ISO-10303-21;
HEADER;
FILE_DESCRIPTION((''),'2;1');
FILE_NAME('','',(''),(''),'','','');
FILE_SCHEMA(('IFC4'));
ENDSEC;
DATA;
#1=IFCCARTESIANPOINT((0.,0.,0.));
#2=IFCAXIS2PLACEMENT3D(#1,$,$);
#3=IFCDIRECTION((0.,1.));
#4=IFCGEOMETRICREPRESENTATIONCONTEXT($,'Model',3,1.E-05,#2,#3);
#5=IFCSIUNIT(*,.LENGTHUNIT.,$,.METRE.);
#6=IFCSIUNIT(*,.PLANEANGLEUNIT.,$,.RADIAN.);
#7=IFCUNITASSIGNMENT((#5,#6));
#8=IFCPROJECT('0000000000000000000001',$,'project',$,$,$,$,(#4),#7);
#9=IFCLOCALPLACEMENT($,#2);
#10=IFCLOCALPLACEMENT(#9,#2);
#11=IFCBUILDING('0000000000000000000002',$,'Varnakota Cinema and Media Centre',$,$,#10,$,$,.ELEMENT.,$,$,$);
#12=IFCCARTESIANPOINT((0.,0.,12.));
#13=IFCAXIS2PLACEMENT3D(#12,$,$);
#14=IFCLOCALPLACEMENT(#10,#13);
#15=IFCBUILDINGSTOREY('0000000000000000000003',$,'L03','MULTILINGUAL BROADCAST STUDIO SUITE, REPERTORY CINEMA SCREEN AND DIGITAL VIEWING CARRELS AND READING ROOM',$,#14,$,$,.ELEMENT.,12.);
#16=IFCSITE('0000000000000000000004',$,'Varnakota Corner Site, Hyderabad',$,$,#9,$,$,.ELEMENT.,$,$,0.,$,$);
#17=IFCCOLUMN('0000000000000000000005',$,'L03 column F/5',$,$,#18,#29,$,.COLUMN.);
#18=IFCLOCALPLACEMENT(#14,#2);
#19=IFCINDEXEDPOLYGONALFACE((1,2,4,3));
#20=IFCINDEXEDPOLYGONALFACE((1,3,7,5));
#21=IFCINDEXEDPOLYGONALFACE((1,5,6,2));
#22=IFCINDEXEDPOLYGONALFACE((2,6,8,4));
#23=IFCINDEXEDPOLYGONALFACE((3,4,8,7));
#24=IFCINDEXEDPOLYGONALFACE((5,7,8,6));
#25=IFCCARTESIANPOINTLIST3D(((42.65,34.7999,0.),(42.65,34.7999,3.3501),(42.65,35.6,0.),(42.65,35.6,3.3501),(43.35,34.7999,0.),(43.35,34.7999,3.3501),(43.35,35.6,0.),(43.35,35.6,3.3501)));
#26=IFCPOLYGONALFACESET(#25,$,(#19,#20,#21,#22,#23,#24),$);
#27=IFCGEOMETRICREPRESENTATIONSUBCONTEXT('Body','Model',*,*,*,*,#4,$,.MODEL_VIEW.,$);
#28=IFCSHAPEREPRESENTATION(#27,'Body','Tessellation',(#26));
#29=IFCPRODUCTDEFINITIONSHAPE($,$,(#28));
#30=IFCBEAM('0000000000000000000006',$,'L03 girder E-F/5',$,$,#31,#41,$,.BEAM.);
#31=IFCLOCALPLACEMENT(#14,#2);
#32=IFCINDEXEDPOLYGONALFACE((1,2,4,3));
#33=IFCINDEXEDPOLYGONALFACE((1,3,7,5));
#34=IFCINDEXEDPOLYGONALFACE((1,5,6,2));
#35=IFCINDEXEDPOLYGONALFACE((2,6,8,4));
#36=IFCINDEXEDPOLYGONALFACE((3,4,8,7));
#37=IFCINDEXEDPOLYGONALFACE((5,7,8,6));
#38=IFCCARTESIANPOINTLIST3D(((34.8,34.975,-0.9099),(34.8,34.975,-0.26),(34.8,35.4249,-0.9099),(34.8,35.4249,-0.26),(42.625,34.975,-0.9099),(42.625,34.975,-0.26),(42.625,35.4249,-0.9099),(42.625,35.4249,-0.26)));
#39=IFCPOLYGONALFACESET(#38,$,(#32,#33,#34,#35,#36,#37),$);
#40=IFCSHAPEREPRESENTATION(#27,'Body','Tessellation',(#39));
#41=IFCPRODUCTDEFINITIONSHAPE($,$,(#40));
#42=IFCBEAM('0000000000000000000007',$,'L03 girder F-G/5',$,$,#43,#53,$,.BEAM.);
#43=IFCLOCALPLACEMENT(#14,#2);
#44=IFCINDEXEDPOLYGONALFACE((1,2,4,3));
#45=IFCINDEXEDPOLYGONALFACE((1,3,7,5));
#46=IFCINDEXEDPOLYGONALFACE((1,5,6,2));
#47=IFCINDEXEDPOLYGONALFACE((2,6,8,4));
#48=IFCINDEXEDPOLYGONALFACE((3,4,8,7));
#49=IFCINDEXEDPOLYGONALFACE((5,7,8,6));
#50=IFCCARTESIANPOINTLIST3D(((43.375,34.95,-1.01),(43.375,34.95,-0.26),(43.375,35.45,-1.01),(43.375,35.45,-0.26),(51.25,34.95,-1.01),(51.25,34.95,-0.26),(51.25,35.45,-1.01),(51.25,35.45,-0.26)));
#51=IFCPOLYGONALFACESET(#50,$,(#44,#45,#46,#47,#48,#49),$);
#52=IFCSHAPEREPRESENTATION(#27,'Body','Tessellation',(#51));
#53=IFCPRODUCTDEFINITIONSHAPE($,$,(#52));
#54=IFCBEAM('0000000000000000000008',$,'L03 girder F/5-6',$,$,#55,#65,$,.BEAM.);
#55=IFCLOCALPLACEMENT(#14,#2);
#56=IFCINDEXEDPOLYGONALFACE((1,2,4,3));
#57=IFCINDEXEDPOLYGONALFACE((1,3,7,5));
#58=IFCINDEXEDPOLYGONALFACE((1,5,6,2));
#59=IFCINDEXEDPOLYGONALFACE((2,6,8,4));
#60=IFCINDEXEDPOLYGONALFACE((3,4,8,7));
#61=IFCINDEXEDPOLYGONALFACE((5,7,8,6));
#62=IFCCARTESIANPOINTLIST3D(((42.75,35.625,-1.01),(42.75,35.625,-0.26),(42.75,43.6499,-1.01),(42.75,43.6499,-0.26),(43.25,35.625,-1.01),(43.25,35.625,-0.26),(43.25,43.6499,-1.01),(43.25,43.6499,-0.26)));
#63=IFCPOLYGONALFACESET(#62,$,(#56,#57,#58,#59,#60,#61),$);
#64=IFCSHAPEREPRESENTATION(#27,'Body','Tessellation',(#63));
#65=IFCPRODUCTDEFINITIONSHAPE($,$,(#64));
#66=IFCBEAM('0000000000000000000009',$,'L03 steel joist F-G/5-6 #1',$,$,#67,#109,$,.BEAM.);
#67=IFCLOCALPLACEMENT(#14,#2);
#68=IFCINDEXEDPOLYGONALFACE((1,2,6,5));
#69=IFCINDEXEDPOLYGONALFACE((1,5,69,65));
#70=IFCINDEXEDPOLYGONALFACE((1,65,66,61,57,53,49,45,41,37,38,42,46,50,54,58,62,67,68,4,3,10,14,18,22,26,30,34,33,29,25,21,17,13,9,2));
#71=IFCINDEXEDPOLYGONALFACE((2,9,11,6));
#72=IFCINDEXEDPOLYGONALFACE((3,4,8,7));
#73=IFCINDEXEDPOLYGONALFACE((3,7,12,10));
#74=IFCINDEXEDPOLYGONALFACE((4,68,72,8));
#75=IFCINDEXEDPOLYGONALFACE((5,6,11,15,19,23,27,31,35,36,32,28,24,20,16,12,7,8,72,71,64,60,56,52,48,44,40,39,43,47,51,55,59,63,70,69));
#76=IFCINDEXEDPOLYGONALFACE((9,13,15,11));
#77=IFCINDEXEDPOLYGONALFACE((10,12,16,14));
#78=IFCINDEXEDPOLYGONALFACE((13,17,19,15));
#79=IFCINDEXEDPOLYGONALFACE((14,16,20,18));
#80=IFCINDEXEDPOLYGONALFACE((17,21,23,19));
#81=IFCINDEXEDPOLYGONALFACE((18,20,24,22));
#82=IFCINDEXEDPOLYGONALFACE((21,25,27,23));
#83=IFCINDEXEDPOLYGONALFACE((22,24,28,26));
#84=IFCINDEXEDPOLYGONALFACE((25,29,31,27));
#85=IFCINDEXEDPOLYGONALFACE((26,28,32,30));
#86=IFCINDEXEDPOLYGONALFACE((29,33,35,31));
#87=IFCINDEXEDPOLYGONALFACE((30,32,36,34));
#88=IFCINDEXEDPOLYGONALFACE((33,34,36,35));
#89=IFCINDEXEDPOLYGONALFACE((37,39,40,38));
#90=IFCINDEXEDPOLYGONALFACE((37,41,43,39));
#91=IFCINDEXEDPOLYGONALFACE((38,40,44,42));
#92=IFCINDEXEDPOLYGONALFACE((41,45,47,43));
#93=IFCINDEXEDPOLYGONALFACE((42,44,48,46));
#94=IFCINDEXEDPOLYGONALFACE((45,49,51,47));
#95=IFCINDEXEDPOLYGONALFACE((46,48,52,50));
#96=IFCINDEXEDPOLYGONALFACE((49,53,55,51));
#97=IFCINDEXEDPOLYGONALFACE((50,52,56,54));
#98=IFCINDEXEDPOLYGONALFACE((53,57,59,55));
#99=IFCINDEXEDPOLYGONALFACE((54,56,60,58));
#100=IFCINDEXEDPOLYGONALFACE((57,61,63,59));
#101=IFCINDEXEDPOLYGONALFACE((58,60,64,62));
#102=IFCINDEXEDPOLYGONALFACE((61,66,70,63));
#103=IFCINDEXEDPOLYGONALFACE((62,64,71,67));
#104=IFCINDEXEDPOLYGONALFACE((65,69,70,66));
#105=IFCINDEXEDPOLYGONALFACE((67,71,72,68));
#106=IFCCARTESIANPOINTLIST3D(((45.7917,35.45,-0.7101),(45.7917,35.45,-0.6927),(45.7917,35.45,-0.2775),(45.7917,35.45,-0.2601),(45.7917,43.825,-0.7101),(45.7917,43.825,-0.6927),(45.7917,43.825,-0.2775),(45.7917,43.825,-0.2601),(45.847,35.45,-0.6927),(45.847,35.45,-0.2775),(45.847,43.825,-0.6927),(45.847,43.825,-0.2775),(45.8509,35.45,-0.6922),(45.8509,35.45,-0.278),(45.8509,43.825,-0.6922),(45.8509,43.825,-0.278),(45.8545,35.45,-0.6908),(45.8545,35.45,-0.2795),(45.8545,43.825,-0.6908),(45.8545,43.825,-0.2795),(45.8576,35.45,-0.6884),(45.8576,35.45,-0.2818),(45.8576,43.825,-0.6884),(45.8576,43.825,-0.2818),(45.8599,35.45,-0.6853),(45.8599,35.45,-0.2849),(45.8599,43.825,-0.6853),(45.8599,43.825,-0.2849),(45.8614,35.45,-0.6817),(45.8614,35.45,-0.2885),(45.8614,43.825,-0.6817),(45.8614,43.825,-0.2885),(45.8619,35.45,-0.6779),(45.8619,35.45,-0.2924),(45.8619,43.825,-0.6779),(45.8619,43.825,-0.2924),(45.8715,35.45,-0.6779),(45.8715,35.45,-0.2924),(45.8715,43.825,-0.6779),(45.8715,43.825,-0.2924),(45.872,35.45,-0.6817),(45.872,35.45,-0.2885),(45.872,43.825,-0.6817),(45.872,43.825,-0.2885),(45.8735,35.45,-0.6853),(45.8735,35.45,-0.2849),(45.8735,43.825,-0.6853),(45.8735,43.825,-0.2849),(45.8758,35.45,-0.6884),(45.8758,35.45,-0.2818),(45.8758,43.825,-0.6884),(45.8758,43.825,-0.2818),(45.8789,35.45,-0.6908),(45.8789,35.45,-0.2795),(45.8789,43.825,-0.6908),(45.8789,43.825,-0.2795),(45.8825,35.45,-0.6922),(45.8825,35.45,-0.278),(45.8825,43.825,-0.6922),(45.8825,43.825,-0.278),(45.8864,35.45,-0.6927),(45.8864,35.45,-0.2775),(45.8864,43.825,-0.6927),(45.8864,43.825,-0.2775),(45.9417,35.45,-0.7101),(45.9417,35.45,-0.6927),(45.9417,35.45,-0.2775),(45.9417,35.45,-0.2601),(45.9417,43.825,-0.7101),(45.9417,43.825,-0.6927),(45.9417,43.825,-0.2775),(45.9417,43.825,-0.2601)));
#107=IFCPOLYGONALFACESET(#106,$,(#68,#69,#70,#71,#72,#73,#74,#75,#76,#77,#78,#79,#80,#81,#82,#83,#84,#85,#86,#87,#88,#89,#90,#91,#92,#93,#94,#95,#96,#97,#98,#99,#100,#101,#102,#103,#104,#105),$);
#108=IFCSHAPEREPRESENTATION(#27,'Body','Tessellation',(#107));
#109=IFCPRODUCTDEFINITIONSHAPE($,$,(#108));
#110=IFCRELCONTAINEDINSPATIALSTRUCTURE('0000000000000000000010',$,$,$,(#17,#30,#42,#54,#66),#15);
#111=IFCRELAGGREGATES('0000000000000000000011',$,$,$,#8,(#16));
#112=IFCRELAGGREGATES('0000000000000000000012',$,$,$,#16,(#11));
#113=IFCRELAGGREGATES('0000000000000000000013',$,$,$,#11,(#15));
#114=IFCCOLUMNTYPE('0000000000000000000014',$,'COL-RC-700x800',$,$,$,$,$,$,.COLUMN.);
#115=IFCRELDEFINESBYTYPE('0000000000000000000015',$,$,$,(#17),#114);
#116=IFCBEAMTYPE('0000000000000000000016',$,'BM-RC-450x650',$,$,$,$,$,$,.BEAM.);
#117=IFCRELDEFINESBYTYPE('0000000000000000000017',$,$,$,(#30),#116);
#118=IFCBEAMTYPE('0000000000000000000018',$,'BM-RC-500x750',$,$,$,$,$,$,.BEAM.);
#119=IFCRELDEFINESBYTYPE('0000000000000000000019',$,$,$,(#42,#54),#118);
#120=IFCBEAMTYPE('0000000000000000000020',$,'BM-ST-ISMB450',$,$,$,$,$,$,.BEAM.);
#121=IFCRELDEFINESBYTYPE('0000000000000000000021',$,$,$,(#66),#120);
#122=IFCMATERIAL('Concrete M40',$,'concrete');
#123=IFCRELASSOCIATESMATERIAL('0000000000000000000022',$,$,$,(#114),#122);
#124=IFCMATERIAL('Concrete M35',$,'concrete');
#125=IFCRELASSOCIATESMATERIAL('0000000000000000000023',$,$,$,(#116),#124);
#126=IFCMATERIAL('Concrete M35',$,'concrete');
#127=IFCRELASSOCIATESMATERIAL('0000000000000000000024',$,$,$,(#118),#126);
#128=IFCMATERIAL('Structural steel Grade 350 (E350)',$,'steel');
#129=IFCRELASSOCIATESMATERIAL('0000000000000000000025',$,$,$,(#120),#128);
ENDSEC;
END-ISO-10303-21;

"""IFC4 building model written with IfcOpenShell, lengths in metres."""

from ifc_helpers import new_model, si_unit, direction, frame, origin, origin_2d, place, context, subcontext, project, spatial, rectangle, i_section, extrude, material, material_profile, profile_set, type_object, element, save


model = new_model("IFC4")

# Units and contexts
model_context = context("Model", 3, precision=1e-05, world=origin(), true_north=direction((0.0, 1.0)))
body_context = subcontext(model_context, "Body", "Model", "MODEL_VIEW")
ifc_project = project(units=[si_unit("LENGTHUNIT", "METRE"), si_unit("PLANEANGLEUNIT", "RADIAN")], contexts=[model_context])

# Site, building, storey
site_placement = place(None, origin())
site = spatial("IfcSite", under=ifc_project, at=site_placement, Name="Varnakota Corner Site, Hyderabad", CompositionType="ELEMENT", RefElevation=0.0)
building_placement = place(site_placement, origin())
building = spatial("IfcBuilding", under=site, at=building_placement, Name="Varnakota Cinema and Media Centre", CompositionType="ELEMENT")
storey_placement = place(building_placement, frame((0.0, 0.0, 12.0)))
storey = spatial("IfcBuildingStorey", under=building, at=storey_placement, Name="L03", Description="MULTILINGUAL BROADCAST STUDIO SUITE, REPERTORY CINEMA SCREEN AND DIGITAL VIEWING CARRELS AND READING ROOM", CompositionType="ELEMENT", Elevation=12.0)

# Column
ifc_material_1 = material(Name="Concrete M40", Category="concrete")
ifc_material_profile_1 = material_profile(ifc_material_1, rectangle(XDim=0.7, YDim=0.8, at=origin_2d()), Name="RC 700x800")
ifc_profile_set_1 = profile_set([ifc_material_profile_1], Name="Concrete M40")
column_type = type_object("IfcColumnType", Name="COL-RC-700x800", PredefinedType="COLUMN", material=ifc_profile_set_1)
column_placement = place(storey_placement, frame((43.0, 35.2, 0.0), z_axis=(0.0, 0.0, 1.0), x_axis=(1.0, 0.0, 0.0)))
element("IfcColumn", 1, at=column_placement, inside=storey, type_object=column_type, Name="L03 column F/5", PredefinedType="COLUMN", context=body_context, shape_type="SweptSolid", body=[
    extrude(rectangle(XDim=0.7, YDim=0.8, at=origin_2d()), origin(), (0.0, 0.0, 1.0), 3.3501),
])

# Beams
ifc_material_2 = material(Name="Concrete M35", Category="concrete")
ifc_material_profile_2 = material_profile(ifc_material_2, rectangle(XDim=0.45, YDim=0.6499, at=origin_2d()), Name="RCB 450x650")
ifc_profile_set_2 = profile_set([ifc_material_profile_2], Name="Concrete M35")
beam_type_1 = type_object("IfcBeamType", Name="BM-RC-450x650", PredefinedType="BEAM", material=ifc_profile_set_2)
beam_1_placement = place(storey_placement, frame((34.8, 35.2, -0.585), z_axis=(1.0, 0.0, 0.0), x_axis=(0.0, 1.0, 0.0)))
element("IfcBeam", 2, at=beam_1_placement, inside=storey, type_object=beam_type_1, Name="L03 girder E-F/5", PredefinedType="BEAM", context=body_context, shape_type="SweptSolid", body=[
    extrude(rectangle(XDim=0.45, YDim=0.6499, at=origin_2d()), origin(), (0.0, 0.0, 1.0), 7.825),
])
ifc_material_3 = material(Name="Concrete M35", Category="concrete")
ifc_material_profile_3 = material_profile(ifc_material_3, rectangle(XDim=0.5, YDim=0.75, at=origin_2d()), Name="RCB 500x750")
ifc_profile_set_3 = profile_set([ifc_material_profile_3], Name="Concrete M35")
beam_type_2 = type_object("IfcBeamType", Name="BM-RC-500x750", PredefinedType="BEAM", material=ifc_profile_set_3)
beam_2_placement = place(storey_placement, frame((43.375, 35.2, -0.635), z_axis=(1.0, 0.0, 0.0), x_axis=(0.0, 1.0, 0.0)))
element("IfcBeam", 3, at=beam_2_placement, inside=storey, type_object=beam_type_2, Name="L03 girder F-G/5", PredefinedType="BEAM", context=body_context, shape_type="SweptSolid", body=[
    extrude(rectangle(XDim=0.5, YDim=0.75, at=origin_2d()), origin(), (0.0, 0.0, 1.0), 7.875),
])
beam_3_placement = place(storey_placement, frame((43.0, 35.625, -0.635), z_axis=(0.0, 1.0, 0.0), x_axis=(-1.0, 0.0, 0.0)))
element("IfcBeam", 4, at=beam_3_placement, inside=storey, type_object=beam_type_2, Name="L03 girder F/5-6", PredefinedType="BEAM", context=body_context, shape_type="SweptSolid", body=[
    extrude(rectangle(XDim=0.5, YDim=0.75, at=origin_2d()), origin(), (0.0, 0.0, 1.0), 8.0249),
])
ifc_material_4 = material(Name="Structural steel Grade 350 (E350)", Category="steel")
ifc_material_profile_4 = material_profile(ifc_material_4, i_section(OverallWidth=0.1499, OverallDepth=0.45, WebThickness=0.0095, FlangeThickness=0.0173, FilletRadius=0.0149, at=origin_2d()), Name="ISMB 450")
ifc_profile_set_4 = profile_set([ifc_material_profile_4], Name="Structural steel Grade 350 (E350)")
beam_type_3 = type_object("IfcBeamType", Name="BM-ST-ISMB450", PredefinedType="BEAM", material=ifc_profile_set_4)
beam_4_placement = place(storey_placement, frame((45.8667, 35.45, -0.4851), z_axis=(0.0, 1.0, 0.0), x_axis=(-1.0, 0.0, 0.0)))
element("IfcBeam", 5, at=beam_4_placement, inside=storey, type_object=beam_type_3, Name="L03 steel joist F-G/5-6 #1", PredefinedType="BEAM", context=body_context, shape_type="SweptSolid", body=[
    extrude(i_section(OverallWidth=0.1499, OverallDepth=0.45, WebThickness=0.0095, FlangeThickness=0.0173, FilletRadius=0.0149, at=origin_2d()), origin(), (0.0, 0.0, 1.0), 8.375),
])

save(model, "model.ifc")
